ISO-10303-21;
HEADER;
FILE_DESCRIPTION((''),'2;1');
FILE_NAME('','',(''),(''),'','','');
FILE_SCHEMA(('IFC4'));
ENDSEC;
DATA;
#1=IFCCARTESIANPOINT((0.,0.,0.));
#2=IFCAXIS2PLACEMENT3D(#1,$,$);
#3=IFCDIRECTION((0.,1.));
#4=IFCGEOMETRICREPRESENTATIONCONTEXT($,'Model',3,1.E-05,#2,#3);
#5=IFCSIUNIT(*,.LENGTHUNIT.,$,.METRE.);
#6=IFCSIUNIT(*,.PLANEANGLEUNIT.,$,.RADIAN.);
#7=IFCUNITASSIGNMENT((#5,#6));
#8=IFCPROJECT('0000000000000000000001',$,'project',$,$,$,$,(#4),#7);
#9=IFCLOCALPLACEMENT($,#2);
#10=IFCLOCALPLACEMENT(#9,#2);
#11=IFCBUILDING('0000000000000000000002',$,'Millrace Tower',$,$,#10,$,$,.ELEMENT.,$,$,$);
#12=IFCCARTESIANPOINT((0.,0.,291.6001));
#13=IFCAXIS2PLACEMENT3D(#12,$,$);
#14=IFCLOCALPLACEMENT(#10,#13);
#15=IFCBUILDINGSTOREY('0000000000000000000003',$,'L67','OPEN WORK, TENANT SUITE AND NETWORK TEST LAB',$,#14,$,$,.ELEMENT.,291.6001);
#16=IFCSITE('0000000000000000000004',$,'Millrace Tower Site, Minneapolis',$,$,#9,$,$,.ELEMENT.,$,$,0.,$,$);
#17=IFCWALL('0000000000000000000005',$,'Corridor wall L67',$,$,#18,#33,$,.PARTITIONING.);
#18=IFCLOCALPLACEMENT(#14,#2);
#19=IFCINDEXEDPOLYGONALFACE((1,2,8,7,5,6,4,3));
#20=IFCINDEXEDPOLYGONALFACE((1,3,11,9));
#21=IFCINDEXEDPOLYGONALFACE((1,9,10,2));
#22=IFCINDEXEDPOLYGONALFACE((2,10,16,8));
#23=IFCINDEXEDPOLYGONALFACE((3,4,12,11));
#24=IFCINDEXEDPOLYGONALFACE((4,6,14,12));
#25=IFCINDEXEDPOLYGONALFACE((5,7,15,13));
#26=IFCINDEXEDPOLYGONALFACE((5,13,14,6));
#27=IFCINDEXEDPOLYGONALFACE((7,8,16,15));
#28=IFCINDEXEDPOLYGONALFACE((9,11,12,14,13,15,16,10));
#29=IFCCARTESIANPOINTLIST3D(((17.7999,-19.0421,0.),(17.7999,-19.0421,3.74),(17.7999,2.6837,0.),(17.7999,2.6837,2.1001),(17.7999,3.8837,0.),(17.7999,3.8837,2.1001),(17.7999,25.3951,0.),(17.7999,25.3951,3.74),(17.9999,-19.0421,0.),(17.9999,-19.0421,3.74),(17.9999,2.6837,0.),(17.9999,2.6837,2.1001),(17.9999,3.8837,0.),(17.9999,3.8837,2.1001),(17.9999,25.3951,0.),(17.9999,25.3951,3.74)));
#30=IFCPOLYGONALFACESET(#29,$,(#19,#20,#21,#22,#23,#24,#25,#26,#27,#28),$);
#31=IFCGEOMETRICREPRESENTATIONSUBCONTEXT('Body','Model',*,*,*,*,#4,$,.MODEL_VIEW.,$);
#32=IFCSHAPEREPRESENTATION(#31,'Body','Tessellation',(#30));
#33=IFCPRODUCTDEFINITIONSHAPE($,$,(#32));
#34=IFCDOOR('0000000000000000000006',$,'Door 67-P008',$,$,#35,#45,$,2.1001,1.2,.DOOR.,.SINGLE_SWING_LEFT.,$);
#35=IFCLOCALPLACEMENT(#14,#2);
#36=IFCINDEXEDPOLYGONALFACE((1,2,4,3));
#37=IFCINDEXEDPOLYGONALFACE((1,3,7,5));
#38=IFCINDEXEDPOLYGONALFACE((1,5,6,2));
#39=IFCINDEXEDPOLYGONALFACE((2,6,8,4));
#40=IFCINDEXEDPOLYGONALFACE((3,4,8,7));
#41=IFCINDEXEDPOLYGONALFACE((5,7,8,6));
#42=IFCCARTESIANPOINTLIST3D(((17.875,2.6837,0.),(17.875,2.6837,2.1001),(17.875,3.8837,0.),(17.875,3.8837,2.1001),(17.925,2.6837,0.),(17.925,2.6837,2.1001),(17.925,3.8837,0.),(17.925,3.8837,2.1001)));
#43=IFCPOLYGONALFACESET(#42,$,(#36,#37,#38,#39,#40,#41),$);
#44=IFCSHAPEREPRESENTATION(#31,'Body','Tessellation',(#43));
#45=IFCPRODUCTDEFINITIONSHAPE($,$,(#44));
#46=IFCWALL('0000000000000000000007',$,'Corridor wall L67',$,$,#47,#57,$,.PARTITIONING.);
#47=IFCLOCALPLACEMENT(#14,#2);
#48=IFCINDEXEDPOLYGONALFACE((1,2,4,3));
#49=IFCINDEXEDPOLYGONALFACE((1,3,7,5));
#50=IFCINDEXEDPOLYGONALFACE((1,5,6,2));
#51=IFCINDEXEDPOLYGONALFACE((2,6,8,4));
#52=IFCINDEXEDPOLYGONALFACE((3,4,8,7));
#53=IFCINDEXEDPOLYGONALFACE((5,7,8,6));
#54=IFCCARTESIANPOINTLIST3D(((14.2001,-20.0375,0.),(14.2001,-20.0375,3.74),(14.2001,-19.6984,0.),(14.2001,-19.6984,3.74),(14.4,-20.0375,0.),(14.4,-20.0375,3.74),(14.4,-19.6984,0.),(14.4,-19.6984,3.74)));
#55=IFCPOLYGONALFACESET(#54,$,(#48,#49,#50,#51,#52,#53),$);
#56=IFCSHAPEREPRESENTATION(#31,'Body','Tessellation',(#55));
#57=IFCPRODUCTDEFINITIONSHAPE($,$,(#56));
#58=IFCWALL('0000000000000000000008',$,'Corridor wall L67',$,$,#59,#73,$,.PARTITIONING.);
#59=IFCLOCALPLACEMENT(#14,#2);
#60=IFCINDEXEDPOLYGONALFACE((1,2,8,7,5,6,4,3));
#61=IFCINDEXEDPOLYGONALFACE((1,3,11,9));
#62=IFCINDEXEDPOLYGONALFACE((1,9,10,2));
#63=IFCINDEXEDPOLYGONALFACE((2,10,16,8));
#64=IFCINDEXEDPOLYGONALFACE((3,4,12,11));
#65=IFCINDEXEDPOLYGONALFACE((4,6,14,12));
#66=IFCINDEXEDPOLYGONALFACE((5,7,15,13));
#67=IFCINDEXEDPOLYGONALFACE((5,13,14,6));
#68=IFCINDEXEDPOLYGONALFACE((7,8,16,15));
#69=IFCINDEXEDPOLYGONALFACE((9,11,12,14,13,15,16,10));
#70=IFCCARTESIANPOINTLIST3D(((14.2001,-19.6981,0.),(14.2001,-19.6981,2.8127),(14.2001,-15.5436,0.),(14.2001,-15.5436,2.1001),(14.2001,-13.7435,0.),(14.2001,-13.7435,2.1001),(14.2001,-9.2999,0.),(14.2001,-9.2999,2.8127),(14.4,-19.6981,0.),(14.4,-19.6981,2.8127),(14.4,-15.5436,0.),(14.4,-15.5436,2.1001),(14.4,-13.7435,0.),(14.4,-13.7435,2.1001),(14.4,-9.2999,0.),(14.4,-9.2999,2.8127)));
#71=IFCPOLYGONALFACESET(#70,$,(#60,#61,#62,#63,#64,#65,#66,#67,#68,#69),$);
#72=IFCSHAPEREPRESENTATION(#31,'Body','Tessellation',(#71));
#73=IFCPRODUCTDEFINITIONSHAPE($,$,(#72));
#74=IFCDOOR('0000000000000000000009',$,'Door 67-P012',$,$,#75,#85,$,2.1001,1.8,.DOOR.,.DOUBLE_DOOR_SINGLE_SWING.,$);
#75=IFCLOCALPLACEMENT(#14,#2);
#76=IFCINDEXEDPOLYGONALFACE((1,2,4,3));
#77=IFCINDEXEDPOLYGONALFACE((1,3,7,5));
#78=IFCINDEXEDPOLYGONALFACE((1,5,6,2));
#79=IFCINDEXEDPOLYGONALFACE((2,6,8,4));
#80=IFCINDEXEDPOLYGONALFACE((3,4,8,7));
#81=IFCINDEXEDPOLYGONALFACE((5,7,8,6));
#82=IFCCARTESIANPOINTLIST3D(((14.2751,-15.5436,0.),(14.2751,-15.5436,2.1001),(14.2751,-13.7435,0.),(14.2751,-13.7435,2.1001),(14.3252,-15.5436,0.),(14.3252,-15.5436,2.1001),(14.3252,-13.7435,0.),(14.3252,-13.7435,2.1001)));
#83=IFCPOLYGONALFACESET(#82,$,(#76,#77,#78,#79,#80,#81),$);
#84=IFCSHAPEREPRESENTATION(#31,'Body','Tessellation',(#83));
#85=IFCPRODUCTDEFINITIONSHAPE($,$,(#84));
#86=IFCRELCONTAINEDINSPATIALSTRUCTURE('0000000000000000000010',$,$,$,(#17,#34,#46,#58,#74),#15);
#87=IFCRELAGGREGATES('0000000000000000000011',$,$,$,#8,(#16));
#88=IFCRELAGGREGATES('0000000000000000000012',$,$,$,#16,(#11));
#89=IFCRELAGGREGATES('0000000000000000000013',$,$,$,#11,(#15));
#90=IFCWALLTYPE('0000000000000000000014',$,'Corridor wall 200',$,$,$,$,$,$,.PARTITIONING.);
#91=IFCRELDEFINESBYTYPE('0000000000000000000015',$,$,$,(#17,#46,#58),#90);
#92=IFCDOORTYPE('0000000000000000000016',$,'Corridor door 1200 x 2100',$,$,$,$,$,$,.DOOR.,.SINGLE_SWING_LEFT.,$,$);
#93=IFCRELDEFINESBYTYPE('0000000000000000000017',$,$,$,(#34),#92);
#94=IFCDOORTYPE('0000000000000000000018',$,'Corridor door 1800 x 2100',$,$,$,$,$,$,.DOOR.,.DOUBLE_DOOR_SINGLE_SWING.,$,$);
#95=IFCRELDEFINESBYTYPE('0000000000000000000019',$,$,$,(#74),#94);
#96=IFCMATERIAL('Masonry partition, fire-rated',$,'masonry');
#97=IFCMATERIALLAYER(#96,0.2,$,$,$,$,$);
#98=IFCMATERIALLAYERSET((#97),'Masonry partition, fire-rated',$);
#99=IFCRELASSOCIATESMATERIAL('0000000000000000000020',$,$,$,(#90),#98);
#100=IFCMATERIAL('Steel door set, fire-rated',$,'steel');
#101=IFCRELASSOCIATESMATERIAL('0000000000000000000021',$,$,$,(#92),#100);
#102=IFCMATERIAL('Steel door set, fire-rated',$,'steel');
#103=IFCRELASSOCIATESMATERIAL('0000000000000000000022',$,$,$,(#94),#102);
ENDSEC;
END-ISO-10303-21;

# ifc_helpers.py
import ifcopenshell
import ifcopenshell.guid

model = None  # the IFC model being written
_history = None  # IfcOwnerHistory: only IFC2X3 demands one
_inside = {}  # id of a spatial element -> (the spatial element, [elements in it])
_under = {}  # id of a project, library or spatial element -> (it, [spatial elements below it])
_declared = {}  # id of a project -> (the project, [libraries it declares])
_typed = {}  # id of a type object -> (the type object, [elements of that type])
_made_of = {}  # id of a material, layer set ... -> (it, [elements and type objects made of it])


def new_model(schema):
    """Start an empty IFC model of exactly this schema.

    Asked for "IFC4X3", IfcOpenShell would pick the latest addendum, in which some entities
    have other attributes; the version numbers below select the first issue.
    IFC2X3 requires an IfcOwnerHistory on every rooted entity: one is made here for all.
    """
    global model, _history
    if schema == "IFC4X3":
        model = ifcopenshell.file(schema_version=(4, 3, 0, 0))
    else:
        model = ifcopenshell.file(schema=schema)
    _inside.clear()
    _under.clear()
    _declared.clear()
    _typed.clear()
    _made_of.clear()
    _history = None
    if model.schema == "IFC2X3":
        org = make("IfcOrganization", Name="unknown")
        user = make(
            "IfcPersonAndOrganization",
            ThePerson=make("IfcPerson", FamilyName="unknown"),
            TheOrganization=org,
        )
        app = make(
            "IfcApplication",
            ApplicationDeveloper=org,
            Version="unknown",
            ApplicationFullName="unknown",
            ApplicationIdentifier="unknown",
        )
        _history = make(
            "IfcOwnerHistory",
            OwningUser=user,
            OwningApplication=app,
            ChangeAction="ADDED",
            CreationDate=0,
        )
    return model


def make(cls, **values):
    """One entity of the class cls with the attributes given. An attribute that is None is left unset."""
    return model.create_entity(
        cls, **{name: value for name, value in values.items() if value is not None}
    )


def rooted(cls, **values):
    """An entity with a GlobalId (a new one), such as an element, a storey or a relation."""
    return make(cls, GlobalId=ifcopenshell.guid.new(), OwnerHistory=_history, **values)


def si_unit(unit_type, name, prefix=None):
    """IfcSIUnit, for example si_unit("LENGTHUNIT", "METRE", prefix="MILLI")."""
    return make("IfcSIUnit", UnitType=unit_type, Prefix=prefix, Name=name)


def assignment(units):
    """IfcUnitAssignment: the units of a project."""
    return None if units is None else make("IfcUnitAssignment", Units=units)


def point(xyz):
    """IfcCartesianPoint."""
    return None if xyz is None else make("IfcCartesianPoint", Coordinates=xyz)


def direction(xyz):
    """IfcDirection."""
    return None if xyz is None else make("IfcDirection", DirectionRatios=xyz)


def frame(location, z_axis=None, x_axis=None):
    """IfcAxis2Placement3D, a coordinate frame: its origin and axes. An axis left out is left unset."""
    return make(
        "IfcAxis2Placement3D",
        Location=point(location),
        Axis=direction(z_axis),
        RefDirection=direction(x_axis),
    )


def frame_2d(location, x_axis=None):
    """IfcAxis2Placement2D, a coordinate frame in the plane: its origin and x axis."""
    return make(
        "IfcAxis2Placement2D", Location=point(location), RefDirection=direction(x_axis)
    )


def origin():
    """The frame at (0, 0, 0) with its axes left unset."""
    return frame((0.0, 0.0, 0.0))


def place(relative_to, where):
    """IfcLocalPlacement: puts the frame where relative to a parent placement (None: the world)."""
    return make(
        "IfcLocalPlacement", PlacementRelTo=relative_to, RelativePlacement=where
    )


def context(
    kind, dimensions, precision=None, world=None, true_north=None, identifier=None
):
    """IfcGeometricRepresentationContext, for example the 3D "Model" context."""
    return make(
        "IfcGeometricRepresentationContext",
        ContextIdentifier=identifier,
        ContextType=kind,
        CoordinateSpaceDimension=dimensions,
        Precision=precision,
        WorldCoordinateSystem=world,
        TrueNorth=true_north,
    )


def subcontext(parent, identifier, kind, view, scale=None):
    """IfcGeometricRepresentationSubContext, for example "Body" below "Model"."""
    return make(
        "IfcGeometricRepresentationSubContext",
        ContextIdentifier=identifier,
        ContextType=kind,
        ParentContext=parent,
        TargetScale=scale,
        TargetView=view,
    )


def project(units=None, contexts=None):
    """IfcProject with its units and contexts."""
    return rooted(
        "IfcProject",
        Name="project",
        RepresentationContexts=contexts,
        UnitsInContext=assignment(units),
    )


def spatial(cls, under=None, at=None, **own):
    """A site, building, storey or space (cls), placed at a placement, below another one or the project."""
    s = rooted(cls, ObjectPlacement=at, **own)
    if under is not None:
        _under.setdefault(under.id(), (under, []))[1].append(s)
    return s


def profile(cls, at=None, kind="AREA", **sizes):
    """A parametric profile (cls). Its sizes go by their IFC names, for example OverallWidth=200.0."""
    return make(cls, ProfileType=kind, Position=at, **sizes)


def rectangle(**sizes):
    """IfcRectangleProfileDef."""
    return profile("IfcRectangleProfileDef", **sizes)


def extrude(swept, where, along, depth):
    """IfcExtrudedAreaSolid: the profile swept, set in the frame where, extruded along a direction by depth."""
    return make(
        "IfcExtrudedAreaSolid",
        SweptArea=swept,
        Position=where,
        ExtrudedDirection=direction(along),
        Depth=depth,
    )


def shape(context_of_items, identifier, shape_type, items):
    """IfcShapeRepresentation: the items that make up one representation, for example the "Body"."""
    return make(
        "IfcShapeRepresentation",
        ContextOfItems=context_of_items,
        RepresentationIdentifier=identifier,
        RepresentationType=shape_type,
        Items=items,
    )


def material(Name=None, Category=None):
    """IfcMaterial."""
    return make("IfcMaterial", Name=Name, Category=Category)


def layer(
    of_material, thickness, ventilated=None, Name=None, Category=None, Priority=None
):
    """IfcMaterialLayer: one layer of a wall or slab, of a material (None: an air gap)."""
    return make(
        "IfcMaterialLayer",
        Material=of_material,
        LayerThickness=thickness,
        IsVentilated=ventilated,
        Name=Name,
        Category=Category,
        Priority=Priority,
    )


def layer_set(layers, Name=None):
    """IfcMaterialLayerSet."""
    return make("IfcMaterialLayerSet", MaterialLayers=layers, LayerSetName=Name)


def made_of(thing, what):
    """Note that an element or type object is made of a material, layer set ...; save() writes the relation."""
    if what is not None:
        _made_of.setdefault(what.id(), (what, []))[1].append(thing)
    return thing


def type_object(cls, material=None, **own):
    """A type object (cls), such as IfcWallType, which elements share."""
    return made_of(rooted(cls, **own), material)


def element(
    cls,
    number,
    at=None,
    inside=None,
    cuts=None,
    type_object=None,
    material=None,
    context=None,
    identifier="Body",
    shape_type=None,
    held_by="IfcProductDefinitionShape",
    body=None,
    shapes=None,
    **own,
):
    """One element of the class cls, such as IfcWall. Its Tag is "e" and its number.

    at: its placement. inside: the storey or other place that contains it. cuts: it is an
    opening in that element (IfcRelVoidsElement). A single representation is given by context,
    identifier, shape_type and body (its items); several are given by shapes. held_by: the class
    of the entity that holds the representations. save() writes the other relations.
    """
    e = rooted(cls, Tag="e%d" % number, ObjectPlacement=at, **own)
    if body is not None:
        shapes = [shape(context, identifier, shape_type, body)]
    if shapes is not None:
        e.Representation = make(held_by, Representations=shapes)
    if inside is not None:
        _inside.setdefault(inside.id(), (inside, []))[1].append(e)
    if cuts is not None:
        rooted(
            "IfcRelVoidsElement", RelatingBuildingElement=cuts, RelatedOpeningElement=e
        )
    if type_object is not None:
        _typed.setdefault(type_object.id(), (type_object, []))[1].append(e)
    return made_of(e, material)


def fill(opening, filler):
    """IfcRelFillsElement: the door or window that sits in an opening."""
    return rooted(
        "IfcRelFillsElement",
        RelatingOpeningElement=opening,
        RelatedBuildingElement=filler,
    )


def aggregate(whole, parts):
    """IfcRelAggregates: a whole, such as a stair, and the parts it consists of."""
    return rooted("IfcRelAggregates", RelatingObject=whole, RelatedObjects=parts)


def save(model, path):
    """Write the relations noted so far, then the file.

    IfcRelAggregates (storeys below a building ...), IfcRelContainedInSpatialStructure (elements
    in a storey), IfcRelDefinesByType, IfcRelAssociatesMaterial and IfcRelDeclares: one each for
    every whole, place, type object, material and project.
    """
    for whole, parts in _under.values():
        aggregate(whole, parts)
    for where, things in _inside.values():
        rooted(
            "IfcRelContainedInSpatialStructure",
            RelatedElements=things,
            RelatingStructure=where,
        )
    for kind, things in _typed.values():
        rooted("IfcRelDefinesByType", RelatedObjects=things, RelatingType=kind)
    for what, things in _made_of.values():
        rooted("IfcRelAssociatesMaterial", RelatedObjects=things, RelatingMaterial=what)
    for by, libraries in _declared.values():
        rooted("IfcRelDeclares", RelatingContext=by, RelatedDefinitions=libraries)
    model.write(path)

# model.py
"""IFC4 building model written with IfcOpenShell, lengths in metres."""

from ifc_helpers import new_model, si_unit, direction, frame, frame_2d, origin, place, context, subcontext, project, spatial, rectangle, extrude, material, layer, layer_set, type_object, element, fill, save


model = new_model("IFC4")

# Units and contexts
model_context = context("Model", 3, precision=1e-05, world=origin(), true_north=direction((0.0, 1.0)))
body_context = subcontext(model_context, "Body", "Model", "MODEL_VIEW")
ifc_project = project(units=[si_unit("LENGTHUNIT", "METRE"), si_unit("PLANEANGLEUNIT", "RADIAN")], contexts=[model_context])

# Site, building, storey
site_placement = place(None, origin())
site = spatial("IfcSite", under=ifc_project, at=site_placement, Name="Millrace Tower Site, Minneapolis", CompositionType="ELEMENT", RefElevation=0.0)
building_placement = place(site_placement, origin())
building = spatial("IfcBuilding", under=site, at=building_placement, Name="Millrace Tower", CompositionType="ELEMENT")
storey_placement = place(building_placement, frame((0.0, 0.0, 291.6001)))
storey = spatial("IfcBuildingStorey", under=building, at=storey_placement, Name="L67", Description="OPEN WORK, TENANT SUITE AND NETWORK TEST LAB", CompositionType="ELEMENT", Elevation=291.6001)

# Wall, opening, door
ifc_material_1 = material(Name="Masonry partition, fire-rated", Category="masonry")
ifc_layer_1 = layer(ifc_material_1, 0.2)
ifc_layer_set_1 = layer_set([ifc_layer_1], Name="Masonry partition, fire-rated")
wall_type = type_object("IfcWallType", Name="Corridor wall 200", PredefinedType="PARTITIONING", material=ifc_layer_set_1)
wall_1_placement = place(storey_placement, frame((17.8999, -19.0422, 0.0), z_axis=(0.0, 0.0, 1.0), x_axis=(0.0, 1.0, 0.0)))
wall_1 = element("IfcWall", 1, at=wall_1_placement, inside=storey, type_object=wall_type, Name="Corridor wall L67", PredefinedType="PARTITIONING", context=body_context, shape_type="SweptSolid", body=[
    extrude(rectangle(XDim=44.4373, YDim=0.2, at=frame_2d((22.2188, 0.0))), origin(), (0.0, 0.0, 1.0), 3.74),
])
opening_1_placement = place(wall_1_placement, frame((21.7258, 0.0, 0.0)))
opening_1 = element("IfcOpeningElement", 2, at=opening_1_placement, cuts=wall_1, PredefinedType="OPENING", context=body_context, shape_type="SweptSolid", body=[
    extrude(rectangle(XDim=1.2, YDim=2.1001, at=frame_2d((0.6001, 1.05))), frame((0.0, 0.1099, 0.0), z_axis=(0.0, -1.0, 0.0), x_axis=(1.0, 0.0, 0.0)), (0.0, 0.0, 1.0), 0.22),
])
ifc_material_2 = material(Name="Steel door set, fire-rated", Category="steel")
door_type_1 = type_object("IfcDoorType", Name="Corridor door 1200 x 2100", OperationType="SINGLE_SWING_LEFT", PredefinedType="DOOR", material=ifc_material_2)
door_1_placement = place(opening_1_placement, origin())
door_1 = element("IfcDoor", 3, at=door_1_placement, inside=storey, type_object=door_type_1, Name="Door 67-P008", OperationType="SINGLE_SWING_LEFT", OverallHeight=2.1001, OverallWidth=1.2, PredefinedType="DOOR", context=body_context, shape_type="SweptSolid", body=[
    extrude(rectangle(XDim=1.2, YDim=2.1001, at=frame_2d((0.6001, 1.05))), frame((0.0, 0.0249, 0.0), z_axis=(0.0, -1.0, 0.0), x_axis=(1.0, 0.0, 0.0)), (0.0, 0.0, 1.0), 0.05),
])
fill(opening_1, door_1)

# Wall
wall_2_placement = place(storey_placement, frame((14.3, -20.0374, 0.0), z_axis=(0.0, 0.0, 1.0), x_axis=(0.0, 1.0, 0.0)))
element("IfcWall", 4, at=wall_2_placement, inside=storey, type_object=wall_type, Name="Corridor wall L67", PredefinedType="PARTITIONING", context=body_context, shape_type="SweptSolid", body=[
    extrude(rectangle(XDim=0.3391, YDim=0.2, at=frame_2d((0.1694, 0.0))), origin(), (0.0, 0.0, 1.0), 3.74),
])

# Wall, opening, door
wall_3_placement = place(storey_placement, frame((14.3, -19.6982, 0.0), z_axis=(0.0, 0.0, 1.0), x_axis=(0.0, 1.0, 0.0)))
wall_3 = element("IfcWall", 5, at=wall_3_placement, inside=storey, type_object=wall_type, Name="Corridor wall L67", PredefinedType="PARTITIONING", context=body_context, shape_type="SweptSolid", body=[
    extrude(rectangle(XDim=10.3982, YDim=0.2, at=frame_2d((5.1992, 0.0))), origin(), (0.0, 0.0, 1.0), 2.8127),
])
opening_2_placement = place(wall_3_placement, frame((4.1548, 0.0, 0.0)))
opening_2 = element("IfcOpeningElement", 6, at=opening_2_placement, cuts=wall_3, PredefinedType="OPENING", context=body_context, shape_type="SweptSolid", body=[
    extrude(rectangle(XDim=1.8, YDim=2.1001, at=frame_2d((0.8999, 1.05))), frame((0.0, 0.1099, 0.0), z_axis=(0.0, -1.0, 0.0), x_axis=(1.0, 0.0, 0.0)), (0.0, 0.0, 1.0), 0.22),
])
ifc_material_3 = material(Name="Steel door set, fire-rated", Category="steel")
door_type_2 = type_object("IfcDoorType", Name="Corridor door 1800 x 2100", OperationType="DOUBLE_DOOR_SINGLE_SWING", PredefinedType="DOOR", material=ifc_material_3)
door_2_placement = place(opening_2_placement, origin())
door_2 = element("IfcDoor", 7, at=door_2_placement, inside=storey, type_object=door_type_2, Name="Door 67-P012", OperationType="DOUBLE_DOOR_SINGLE_SWING", OverallHeight=2.1001, OverallWidth=1.8, PredefinedType="DOOR", context=body_context, shape_type="SweptSolid", body=[
    extrude(rectangle(XDim=1.8, YDim=2.1001, at=frame_2d((0.8999, 1.05))), frame((0.0, 0.0249, 0.0), z_axis=(0.0, -1.0, 0.0), x_axis=(1.0, 0.0, 0.0)), (0.0, 0.0, 1.0), 0.05),
])
fill(opening_2, door_2)

save(model, "model.ifc")
